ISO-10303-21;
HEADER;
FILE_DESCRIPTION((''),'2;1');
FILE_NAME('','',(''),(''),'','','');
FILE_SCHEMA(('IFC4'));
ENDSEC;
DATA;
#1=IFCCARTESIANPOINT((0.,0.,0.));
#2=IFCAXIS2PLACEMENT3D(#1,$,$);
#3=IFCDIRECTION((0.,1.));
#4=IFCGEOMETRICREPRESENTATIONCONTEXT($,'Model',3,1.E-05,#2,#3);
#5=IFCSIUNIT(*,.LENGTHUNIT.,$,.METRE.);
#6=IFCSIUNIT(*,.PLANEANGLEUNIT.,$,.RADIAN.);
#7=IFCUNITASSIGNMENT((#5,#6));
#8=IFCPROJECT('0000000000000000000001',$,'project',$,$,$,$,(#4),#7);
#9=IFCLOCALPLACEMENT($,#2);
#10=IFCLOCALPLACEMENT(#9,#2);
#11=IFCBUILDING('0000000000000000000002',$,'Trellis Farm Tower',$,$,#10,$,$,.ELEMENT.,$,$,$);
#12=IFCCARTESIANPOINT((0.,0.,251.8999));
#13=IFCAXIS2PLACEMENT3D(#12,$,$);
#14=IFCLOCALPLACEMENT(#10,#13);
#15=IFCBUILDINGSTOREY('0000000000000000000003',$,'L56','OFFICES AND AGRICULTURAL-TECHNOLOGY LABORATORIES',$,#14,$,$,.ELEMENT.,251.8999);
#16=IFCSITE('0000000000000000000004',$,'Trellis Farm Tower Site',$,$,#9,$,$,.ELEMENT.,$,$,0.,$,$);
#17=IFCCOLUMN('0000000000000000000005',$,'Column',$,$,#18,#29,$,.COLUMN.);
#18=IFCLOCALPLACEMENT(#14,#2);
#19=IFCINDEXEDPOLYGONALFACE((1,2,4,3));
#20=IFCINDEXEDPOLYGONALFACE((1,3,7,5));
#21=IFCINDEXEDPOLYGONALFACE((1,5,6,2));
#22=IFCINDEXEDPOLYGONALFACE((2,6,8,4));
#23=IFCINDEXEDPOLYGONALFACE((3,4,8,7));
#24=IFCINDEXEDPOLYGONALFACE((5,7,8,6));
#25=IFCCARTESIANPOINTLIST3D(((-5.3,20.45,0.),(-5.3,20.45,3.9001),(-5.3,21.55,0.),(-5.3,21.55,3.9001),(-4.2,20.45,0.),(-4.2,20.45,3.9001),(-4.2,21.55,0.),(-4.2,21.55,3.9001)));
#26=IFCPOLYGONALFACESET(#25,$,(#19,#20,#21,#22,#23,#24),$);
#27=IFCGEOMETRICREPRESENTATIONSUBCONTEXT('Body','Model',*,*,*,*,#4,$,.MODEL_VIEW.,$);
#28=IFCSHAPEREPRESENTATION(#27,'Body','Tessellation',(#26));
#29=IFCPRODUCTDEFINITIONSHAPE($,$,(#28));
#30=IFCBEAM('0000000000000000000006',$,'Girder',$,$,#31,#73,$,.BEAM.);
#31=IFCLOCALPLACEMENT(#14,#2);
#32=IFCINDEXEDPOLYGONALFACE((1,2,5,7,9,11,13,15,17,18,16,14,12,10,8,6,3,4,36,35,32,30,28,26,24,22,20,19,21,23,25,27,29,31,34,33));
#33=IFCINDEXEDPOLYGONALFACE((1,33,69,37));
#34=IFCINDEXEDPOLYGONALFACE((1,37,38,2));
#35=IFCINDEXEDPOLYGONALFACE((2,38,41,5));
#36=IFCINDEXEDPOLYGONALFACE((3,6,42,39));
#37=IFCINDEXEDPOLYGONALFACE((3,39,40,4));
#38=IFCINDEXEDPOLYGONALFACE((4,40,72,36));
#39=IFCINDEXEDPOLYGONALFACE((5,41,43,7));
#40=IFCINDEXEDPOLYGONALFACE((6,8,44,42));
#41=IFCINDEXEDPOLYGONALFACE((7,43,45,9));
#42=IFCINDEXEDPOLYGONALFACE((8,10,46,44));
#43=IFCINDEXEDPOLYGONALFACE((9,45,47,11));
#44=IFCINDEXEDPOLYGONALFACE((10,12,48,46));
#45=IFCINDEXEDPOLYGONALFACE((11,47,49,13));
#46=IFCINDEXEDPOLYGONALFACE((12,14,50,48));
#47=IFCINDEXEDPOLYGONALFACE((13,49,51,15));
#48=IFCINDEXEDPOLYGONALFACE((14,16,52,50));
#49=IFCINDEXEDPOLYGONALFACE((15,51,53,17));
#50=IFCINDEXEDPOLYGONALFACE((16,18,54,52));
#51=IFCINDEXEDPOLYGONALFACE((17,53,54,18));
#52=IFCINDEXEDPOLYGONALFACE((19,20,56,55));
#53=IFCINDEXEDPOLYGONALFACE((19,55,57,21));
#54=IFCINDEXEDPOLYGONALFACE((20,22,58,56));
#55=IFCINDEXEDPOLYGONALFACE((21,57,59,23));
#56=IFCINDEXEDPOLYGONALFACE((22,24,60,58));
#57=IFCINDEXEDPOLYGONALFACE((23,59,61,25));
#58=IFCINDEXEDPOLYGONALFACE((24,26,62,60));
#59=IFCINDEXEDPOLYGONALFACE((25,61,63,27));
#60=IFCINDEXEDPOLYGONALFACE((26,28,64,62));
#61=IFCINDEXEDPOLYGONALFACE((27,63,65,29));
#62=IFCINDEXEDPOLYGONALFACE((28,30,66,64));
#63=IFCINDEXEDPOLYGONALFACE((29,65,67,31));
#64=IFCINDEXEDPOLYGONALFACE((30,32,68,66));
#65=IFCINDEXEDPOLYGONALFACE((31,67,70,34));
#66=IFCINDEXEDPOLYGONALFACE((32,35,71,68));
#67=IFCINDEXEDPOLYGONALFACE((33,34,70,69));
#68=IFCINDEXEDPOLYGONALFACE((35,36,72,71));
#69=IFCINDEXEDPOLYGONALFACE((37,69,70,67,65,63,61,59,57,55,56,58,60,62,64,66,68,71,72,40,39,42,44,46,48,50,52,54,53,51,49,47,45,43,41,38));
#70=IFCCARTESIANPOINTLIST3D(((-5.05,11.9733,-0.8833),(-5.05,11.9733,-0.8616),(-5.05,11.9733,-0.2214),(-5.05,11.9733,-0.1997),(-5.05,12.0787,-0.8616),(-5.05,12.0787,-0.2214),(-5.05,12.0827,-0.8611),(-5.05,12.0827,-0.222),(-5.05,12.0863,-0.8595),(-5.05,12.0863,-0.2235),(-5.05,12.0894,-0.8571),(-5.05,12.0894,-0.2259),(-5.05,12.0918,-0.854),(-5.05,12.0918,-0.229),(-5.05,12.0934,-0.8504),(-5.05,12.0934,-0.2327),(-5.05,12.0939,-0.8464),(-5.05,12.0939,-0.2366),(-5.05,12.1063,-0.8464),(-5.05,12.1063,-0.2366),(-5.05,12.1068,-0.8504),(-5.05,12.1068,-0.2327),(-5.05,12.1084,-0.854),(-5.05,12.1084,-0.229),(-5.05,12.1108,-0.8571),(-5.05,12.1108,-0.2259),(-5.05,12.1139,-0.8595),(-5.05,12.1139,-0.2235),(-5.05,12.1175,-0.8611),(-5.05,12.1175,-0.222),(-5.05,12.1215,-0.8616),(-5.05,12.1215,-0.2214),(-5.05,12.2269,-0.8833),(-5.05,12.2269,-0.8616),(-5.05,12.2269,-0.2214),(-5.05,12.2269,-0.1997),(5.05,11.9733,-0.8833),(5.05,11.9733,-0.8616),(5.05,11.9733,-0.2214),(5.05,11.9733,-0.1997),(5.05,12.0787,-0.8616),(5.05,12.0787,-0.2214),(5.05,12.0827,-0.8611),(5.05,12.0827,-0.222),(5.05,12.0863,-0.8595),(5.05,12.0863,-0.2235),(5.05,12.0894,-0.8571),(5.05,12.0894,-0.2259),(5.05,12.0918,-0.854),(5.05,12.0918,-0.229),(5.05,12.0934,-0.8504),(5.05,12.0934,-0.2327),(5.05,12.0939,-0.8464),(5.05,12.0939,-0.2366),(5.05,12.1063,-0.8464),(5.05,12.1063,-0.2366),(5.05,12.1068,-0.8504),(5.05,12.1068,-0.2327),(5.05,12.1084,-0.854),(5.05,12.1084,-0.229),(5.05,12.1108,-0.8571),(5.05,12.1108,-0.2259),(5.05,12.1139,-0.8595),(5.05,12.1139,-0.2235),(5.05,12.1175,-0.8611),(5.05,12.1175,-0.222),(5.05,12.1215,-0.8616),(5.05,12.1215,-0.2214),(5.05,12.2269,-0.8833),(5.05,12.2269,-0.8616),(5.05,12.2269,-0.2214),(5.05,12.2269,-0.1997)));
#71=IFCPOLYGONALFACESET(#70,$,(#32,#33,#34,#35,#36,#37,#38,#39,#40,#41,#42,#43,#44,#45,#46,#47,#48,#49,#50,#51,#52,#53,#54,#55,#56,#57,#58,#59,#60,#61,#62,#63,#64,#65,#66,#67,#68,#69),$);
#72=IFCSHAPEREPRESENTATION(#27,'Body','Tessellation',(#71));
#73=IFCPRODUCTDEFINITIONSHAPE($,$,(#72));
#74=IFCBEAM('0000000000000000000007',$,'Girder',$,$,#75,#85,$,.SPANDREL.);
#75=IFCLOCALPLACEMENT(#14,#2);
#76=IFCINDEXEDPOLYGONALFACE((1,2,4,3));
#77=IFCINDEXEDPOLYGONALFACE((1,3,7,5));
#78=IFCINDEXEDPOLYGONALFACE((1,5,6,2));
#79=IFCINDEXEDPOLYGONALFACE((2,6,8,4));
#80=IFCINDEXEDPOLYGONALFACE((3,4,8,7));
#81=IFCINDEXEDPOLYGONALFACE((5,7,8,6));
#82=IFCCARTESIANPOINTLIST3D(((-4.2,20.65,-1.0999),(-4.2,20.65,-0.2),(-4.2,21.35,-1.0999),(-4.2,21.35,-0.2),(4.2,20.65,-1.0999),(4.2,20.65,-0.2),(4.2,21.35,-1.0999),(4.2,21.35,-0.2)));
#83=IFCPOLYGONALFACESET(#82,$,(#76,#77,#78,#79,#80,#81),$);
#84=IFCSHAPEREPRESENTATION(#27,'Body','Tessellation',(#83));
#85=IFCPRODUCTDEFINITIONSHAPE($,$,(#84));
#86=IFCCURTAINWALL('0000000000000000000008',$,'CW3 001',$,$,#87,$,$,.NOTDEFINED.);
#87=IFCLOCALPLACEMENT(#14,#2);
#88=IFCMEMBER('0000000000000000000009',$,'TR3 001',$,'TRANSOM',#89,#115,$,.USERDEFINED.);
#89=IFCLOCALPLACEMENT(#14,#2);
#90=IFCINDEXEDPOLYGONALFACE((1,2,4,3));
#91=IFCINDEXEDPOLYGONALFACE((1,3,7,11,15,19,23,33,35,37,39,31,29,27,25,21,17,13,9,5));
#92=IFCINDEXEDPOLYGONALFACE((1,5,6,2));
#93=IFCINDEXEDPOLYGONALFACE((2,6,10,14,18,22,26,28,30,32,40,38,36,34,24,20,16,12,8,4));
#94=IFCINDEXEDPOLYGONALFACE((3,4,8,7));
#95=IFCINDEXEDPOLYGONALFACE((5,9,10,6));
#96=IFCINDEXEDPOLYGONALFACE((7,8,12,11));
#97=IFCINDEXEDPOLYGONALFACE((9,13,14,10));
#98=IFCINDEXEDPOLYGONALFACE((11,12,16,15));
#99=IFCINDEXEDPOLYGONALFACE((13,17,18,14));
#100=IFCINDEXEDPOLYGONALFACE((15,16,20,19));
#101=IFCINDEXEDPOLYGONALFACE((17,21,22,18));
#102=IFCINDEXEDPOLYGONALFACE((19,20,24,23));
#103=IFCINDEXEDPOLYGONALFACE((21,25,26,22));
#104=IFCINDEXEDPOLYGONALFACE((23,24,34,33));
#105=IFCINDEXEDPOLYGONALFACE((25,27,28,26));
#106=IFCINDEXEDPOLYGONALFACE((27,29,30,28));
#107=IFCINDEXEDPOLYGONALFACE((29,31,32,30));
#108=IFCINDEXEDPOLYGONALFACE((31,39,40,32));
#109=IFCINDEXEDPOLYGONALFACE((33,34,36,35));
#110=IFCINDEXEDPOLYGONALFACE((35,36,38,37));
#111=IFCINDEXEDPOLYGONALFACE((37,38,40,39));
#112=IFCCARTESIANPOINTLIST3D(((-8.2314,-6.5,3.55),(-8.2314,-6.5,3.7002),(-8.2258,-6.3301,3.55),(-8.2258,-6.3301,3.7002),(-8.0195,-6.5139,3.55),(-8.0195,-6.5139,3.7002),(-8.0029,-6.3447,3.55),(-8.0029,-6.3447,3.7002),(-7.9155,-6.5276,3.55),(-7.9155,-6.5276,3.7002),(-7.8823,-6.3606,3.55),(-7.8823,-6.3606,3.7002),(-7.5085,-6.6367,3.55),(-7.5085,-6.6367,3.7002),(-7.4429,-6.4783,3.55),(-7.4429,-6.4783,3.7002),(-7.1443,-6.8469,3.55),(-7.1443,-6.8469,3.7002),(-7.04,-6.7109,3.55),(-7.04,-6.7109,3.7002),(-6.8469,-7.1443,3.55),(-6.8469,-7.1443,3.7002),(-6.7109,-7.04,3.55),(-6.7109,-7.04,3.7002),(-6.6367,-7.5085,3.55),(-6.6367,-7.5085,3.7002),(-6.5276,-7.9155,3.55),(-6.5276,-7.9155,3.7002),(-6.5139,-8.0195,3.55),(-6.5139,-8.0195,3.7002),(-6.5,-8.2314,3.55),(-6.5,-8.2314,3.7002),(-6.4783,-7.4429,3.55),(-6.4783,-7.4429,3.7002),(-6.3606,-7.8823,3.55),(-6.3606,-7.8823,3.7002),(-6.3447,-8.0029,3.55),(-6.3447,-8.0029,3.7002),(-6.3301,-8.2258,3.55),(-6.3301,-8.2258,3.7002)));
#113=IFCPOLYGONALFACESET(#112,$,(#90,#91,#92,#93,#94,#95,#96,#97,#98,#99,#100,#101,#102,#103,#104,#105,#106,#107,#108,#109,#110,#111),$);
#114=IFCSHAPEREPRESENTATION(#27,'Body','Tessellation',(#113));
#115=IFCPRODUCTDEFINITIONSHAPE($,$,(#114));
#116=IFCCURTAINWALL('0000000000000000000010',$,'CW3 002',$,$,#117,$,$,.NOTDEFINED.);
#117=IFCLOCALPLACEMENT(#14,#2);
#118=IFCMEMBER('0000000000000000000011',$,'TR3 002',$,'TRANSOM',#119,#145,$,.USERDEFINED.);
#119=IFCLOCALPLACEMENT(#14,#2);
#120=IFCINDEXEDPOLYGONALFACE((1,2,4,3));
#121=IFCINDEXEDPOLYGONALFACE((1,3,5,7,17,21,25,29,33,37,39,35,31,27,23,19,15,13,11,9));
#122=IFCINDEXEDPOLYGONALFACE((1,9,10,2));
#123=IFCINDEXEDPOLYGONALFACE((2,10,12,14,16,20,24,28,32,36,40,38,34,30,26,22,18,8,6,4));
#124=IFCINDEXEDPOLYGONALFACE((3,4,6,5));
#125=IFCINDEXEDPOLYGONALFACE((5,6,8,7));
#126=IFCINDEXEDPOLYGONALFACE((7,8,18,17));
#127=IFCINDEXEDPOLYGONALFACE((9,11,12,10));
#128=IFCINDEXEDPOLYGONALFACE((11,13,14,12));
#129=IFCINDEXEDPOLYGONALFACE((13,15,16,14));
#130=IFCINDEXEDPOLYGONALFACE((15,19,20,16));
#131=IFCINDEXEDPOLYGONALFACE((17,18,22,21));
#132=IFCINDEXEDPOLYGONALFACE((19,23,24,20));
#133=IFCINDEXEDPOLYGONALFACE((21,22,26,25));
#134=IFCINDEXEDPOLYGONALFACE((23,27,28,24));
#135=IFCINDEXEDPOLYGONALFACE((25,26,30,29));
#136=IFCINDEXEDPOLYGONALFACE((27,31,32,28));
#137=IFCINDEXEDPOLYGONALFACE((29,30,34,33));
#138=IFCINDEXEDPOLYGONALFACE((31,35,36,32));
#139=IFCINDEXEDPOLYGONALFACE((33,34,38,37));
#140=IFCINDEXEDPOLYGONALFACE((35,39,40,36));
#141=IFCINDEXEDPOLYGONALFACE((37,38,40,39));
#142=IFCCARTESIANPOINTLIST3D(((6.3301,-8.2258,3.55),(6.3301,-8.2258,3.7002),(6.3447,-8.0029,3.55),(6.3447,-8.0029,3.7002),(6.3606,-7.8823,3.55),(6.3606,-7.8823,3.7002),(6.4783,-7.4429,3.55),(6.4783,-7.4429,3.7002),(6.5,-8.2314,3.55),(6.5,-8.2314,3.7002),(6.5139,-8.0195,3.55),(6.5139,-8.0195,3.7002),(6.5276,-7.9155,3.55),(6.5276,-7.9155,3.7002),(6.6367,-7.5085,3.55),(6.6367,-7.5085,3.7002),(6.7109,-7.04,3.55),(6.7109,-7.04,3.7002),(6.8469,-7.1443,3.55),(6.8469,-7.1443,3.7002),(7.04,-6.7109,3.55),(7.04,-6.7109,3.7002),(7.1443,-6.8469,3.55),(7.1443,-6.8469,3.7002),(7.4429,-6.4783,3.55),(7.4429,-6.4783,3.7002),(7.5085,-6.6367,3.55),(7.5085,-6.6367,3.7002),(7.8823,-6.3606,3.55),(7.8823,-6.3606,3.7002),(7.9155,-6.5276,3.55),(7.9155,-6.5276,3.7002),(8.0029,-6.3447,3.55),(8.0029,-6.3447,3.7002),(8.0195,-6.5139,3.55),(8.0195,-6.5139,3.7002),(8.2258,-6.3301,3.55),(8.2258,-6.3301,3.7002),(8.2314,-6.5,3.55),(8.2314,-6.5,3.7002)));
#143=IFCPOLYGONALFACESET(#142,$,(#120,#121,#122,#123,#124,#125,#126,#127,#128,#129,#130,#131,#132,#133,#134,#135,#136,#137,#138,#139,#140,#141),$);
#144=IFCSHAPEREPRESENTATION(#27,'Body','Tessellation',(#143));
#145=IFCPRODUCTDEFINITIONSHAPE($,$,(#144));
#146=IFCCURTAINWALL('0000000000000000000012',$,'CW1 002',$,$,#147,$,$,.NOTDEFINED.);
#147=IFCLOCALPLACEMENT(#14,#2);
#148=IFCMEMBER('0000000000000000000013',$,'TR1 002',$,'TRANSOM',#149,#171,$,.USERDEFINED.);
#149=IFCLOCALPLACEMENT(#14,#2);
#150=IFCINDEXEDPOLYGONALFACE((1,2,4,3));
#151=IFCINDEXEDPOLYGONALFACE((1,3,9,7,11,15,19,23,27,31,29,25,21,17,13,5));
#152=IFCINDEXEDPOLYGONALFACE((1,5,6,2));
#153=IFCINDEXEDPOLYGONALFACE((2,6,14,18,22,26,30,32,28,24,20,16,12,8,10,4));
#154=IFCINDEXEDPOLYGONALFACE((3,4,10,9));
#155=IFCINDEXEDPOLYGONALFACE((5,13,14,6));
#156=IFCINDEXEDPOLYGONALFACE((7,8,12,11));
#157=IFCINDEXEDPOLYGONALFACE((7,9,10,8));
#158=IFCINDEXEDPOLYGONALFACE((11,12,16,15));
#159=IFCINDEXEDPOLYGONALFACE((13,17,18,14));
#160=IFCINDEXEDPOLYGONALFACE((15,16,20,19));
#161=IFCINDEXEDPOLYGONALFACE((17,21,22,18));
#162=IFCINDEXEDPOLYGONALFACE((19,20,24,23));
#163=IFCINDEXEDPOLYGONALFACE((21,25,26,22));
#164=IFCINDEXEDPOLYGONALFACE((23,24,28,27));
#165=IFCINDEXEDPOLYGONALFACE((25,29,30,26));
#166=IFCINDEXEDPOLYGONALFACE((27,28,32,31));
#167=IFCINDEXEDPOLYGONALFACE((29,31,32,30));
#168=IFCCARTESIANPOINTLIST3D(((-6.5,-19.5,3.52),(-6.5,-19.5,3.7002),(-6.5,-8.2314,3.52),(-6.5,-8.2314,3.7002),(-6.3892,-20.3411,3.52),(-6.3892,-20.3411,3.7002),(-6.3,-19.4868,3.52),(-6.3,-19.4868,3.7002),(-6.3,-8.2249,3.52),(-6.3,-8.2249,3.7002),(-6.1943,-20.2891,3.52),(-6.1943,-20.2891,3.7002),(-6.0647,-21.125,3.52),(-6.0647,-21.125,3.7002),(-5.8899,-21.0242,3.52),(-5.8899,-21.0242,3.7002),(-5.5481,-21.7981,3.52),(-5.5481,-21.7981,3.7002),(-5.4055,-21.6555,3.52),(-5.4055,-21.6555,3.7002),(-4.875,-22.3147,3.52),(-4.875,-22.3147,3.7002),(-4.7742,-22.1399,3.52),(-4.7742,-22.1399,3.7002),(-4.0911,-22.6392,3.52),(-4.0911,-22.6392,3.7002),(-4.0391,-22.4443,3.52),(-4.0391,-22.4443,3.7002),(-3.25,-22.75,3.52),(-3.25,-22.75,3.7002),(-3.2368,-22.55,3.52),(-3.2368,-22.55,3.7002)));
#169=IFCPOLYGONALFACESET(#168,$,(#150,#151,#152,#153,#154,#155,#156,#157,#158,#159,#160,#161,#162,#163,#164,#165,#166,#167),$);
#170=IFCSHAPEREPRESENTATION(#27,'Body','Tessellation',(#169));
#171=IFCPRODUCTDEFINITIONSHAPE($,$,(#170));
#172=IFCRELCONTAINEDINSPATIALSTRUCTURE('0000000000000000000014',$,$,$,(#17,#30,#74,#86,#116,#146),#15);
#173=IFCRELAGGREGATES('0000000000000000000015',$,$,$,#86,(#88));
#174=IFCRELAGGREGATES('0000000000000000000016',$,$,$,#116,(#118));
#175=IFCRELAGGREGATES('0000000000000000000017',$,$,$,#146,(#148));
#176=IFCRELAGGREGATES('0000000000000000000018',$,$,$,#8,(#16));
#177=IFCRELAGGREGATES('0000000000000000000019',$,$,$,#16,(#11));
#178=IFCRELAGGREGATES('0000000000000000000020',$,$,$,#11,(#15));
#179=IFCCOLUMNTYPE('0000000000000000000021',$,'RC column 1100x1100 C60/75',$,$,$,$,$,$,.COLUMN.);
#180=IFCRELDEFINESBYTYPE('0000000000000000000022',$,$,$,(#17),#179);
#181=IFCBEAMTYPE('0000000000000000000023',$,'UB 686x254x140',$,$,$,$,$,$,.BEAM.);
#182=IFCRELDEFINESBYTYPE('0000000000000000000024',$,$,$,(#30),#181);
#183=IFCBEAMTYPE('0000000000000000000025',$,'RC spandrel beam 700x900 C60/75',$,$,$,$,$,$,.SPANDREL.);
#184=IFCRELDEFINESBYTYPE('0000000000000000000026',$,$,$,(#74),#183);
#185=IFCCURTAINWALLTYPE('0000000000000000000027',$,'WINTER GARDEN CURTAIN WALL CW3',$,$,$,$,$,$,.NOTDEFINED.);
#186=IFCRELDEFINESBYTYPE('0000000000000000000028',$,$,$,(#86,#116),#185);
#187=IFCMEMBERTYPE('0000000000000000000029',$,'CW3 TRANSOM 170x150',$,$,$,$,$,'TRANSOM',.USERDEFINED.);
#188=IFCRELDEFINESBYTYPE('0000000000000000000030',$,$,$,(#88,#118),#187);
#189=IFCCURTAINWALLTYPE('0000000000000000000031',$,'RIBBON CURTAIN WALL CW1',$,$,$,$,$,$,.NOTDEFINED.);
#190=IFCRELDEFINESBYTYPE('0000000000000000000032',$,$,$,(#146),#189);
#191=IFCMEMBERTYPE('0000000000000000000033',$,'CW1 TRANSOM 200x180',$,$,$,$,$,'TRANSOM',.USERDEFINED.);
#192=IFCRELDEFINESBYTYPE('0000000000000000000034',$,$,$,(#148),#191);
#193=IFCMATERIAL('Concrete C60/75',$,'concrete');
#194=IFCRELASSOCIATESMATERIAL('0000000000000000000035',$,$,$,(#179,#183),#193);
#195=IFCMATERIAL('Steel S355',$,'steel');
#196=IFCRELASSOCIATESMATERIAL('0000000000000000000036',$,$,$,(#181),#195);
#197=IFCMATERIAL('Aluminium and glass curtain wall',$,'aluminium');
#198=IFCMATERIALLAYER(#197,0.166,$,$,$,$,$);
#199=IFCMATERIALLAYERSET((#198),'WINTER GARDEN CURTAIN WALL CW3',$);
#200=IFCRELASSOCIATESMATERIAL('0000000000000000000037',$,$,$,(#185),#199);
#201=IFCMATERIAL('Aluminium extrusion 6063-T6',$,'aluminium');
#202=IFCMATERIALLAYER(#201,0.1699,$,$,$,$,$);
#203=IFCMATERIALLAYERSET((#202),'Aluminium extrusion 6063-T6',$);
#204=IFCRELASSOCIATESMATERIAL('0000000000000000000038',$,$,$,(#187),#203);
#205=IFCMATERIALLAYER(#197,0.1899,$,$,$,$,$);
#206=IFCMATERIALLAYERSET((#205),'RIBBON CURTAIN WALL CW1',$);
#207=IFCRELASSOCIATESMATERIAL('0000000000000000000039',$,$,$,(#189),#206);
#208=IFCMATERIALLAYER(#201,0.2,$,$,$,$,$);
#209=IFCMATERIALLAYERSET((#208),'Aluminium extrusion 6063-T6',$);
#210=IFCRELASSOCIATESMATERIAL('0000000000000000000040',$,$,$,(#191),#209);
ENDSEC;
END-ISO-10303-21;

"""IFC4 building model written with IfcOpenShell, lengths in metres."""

from ifc_helpers import new_model, si_unit, direction, frame, origin, origin_2d, place, context, subcontext, project, spatial, polyline, rectangle, i_section, outline, extrude, source, transform, mapped, material, layer, layer_set, material_profile, profile_set, type_object, element, aggregate, save


model = new_model("IFC4")

# Units and contexts
model_context = context("Model", 3, precision=1e-05, world=origin(), true_north=direction((0.0, 1.0)))
body_context = subcontext(model_context, "Body", "Model", "MODEL_VIEW")
ifc_project = project(units=[si_unit("LENGTHUNIT", "METRE"), si_unit("PLANEANGLEUNIT", "RADIAN")], contexts=[model_context])

# Site, building, storey
site_placement = place(None, origin())
site = spatial("IfcSite", under=ifc_project, at=site_placement, Name="Trellis Farm Tower Site", CompositionType="ELEMENT", RefElevation=0.0)
building_placement = place(site_placement, origin())
building = spatial("IfcBuilding", under=site, at=building_placement, Name="Trellis Farm Tower", CompositionType="ELEMENT")
storey_placement = place(building_placement, frame((0.0, 0.0, 251.8999)))
storey = spatial("IfcBuildingStorey", under=building, at=storey_placement, Name="L56", Description="OFFICES AND AGRICULTURAL-TECHNOLOGY LABORATORIES", CompositionType="ELEMENT", Elevation=251.8999)

# Column
ifc_material_1 = material(Name="Concrete C60/75", Category="concrete")
ifc_material_profile_1 = material_profile(ifc_material_1, rectangle(XDim=1.1001, YDim=1.1001, at=origin_2d()), Name="RC column 1100x1100 C60/75")
ifc_profile_set_1 = profile_set([ifc_material_profile_1], Name="Concrete C60/75")
column_type = type_object("IfcColumnType", Name="RC column 1100x1100 C60/75", PredefinedType="COLUMN", material=ifc_profile_set_1)
shared_shape_1 = source(origin(), body_context, "Body", "SweptSolid", [
    extrude(rectangle(XDim=1.1001, YDim=1.1001, at=origin_2d()), origin(), (0.0, 0.0, 1.0), 3.9001),
])
column_placement = place(storey_placement, frame((-4.75, 21.0, 0.0), z_axis=(0.0, 0.0, 1.0), x_axis=(1.0, 0.0, 0.0)))
element("IfcColumn", 1, at=column_placement, inside=storey, type_object=column_type, Name="Column", PredefinedType="COLUMN", context=body_context, shape_type="MappedRepresentation", body=[
    mapped(shared_shape_1, transform((0.0, 0.0, 0.0))),
])

# Beams
ifc_material_2 = material(Name="Steel S355", Category="steel")
ifc_material_profile_2 = material_profile(ifc_material_2, i_section(OverallWidth=0.2537, OverallDepth=0.6836, WebThickness=0.0125, FlangeThickness=0.0217, FilletRadius=0.0151, at=origin_2d()), Name="UB 686x254x140")
ifc_profile_set_2 = profile_set([ifc_material_profile_2], Name="Steel S355")
beam_type_1 = type_object("IfcBeamType", Name="UB 686x254x140", PredefinedType="BEAM", material=ifc_profile_set_2)
shared_shape_2 = source(origin(), body_context, "Body", "SweptSolid", [
    extrude(i_section(OverallWidth=0.2537, OverallDepth=0.6836, WebThickness=0.0125, FlangeThickness=0.0217, FilletRadius=0.0151, at=origin_2d()), origin(), (0.0, 0.0, 1.0), 10.1001),
])
beam_1_placement = place(storey_placement, frame((-5.05, 12.1001, -0.5415), z_axis=(1.0, 0.0, 0.0), x_axis=(0.0, 1.0, 0.0)))
element("IfcBeam", 2, at=beam_1_placement, inside=storey, type_object=beam_type_1, Name="Girder", PredefinedType="BEAM", context=body_context, shape_type="MappedRepresentation", body=[
    mapped(shared_shape_2, transform((0.0, 0.0, 0.0))),
])
ifc_material_profile_3 = material_profile(ifc_material_1, rectangle(XDim=0.7, YDim=0.8999, at=origin_2d()), Name="RC spandrel beam 700x900 C60/75")
ifc_profile_set_3 = profile_set([ifc_material_profile_3], Name="Concrete C60/75")
beam_type_2 = type_object("IfcBeamType", Name="RC spandrel beam 700x900 C60/75", PredefinedType="SPANDREL", material=ifc_profile_set_3)
shared_shape_3 = source(origin(), body_context, "Body", "SweptSolid", [
    extrude(rectangle(XDim=0.7, YDim=0.8999, at=origin_2d()), origin(), (0.0, 0.0, 1.0), 8.3999),
])
beam_2_placement = place(storey_placement, frame((-4.2, 21.0, -0.6499), z_axis=(1.0, 0.0, 0.0), x_axis=(0.0, 1.0, 0.0)))
element("IfcBeam", 3, at=beam_2_placement, inside=storey, type_object=beam_type_2, Name="Girder", PredefinedType="SPANDREL", context=body_context, shape_type="MappedRepresentation", body=[
    mapped(shared_shape_3, transform((0.0, 0.0, 0.0))),
])

# Curtain walls, members
ifc_material_3 = material(Name="Aluminium and glass curtain wall", Category="aluminium")
ifc_layer_1 = layer(ifc_material_3, 0.166)
ifc_layer_set_1 = layer_set([ifc_layer_1], Name="WINTER GARDEN CURTAIN WALL CW3")
curtain_wall_type_1 = type_object("IfcCurtainWallType", Name="WINTER GARDEN CURTAIN WALL CW3", PredefinedType="NOTDEFINED", material=ifc_layer_set_1)
placement_1 = place(storey_placement, origin())
curtain_wall_1 = element("IfcCurtainWall", 4, at=placement_1, inside=storey, type_object=curtain_wall_type_1, Name="CW3 001", PredefinedType="NOTDEFINED")
ifc_material_4 = material(Name="Aluminium extrusion 6063-T6", Category="aluminium")
ifc_layer_2 = layer(ifc_material_4, 0.1699)
ifc_layer_set_2 = layer_set([ifc_layer_2], Name="Aluminium extrusion 6063-T6")
member_type_1 = type_object("IfcMemberType", Name="CW3 TRANSOM 170x150", ElementType="TRANSOM", PredefinedType="USERDEFINED", material=ifc_layer_set_2)
shared_shape_4 = source(origin(), body_context, "Body", "SweptSolid", [
    extrude(outline(polyline([(-8.2314, -6.5), (-8.0195, -6.5139), (-7.9155, -6.5276), (-7.5085, -6.6367), (-7.1443, -6.8469), (-6.8469, -7.1443), (-6.6367, -7.5085), (-6.5276, -7.9155), (-6.5139, -8.0195), (-6.5, -8.2314), (-6.3301, -8.2258), (-6.3447, -8.0029), (-6.3606, -7.8823), (-6.4783, -7.4429), (-6.7109, -7.04), (-7.04, -6.7109), (-7.4429, -6.4783), (-7.8823, -6.3606), (-8.0029, -6.3447), (-8.2258, -6.3301), (-8.2314, -6.5)])), origin(), (0.0, 0.0, 1.0), 0.1501),
])
placement_2 = place(storey_placement, frame((0.0, 0.0, 3.55)))
member_1 = element("IfcMember", 5, at=placement_2, type_object=member_type_1, Name="TR3 001", ObjectType="TRANSOM", PredefinedType="USERDEFINED", context=body_context, shape_type="MappedRepresentation", body=[
    mapped(shared_shape_4, transform((0.0, 0.0, 0.0))),
])
aggregate(curtain_wall_1, [member_1])
curtain_wall_2 = element("IfcCurtainWall", 6, at=placement_1, inside=storey, type_object=curtain_wall_type_1, Name="CW3 002", PredefinedType="NOTDEFINED")
shared_shape_5 = source(origin(), body_context, "Body", "SweptSolid", [
    extrude(outline(polyline([(6.5, -8.2314), (6.5139, -8.0195), (6.5276, -7.9155), (6.6367, -7.5085), (6.8469, -7.1443), (7.1443, -6.8469), (7.5085, -6.6367), (7.9155, -6.5276), (8.0195, -6.5139), (8.2314, -6.5), (8.2258, -6.3301), (8.0029, -6.3447), (7.8823, -6.3606), (7.4429, -6.4783), (7.04, -6.7109), (6.7109, -7.04), (6.4783, -7.4429), (6.3606, -7.8823), (6.3447, -8.0029), (6.3301, -8.2258), (6.5, -8.2314)])), origin(), (0.0, 0.0, 1.0), 0.1501),
])
member_2 = element("IfcMember", 7, at=placement_2, type_object=member_type_1, Name="TR3 002", ObjectType="TRANSOM", PredefinedType="USERDEFINED", context=body_context, shape_type="MappedRepresentation", body=[
    mapped(shared_shape_5, transform((0.0, 0.0, 0.0))),
])
ifc_layer_3 = layer(ifc_material_3, 0.1899)
ifc_layer_set_3 = layer_set([ifc_layer_3], Name="RIBBON CURTAIN WALL CW1")
curtain_wall_type_2 = type_object("IfcCurtainWallType", Name="RIBBON CURTAIN WALL CW1", PredefinedType="NOTDEFINED", material=ifc_layer_set_3)
curtain_wall_3 = element("IfcCurtainWall", 8, at=placement_1, inside=storey, type_object=curtain_wall_type_2, Name="CW1 002", PredefinedType="NOTDEFINED")
ifc_layer_4 = layer(ifc_material_4, 0.2)
ifc_layer_set_4 = layer_set([ifc_layer_4], Name="Aluminium extrusion 6063-T6")
member_type_2 = type_object("IfcMemberType", Name="CW1 TRANSOM 200x180", ElementType="TRANSOM", PredefinedType="USERDEFINED", material=ifc_layer_set_4)
shared_shape_6 = source(origin(), body_context, "Body", "SweptSolid", [
    extrude(outline(polyline([(-6.5, -8.2314), (-6.5, -19.5), (-6.3892, -20.3411), (-6.0647, -21.125), (-5.5481, -21.7981), (-4.875, -22.3147), (-4.0911, -22.6392), (-3.25, -22.75), (-3.2368, -22.55), (-4.0391, -22.4443), (-4.7742, -22.1399), (-5.4055, -21.6555), (-5.8899, -21.0242), (-6.1943, -20.2891), (-6.3, -19.4868), (-6.3, -8.2249), (-6.5, -8.2314)])), origin(), (0.0, 0.0, 1.0), 0.1802),
])
placement_3 = place(storey_placement, frame((0.0, 0.0, 3.52)))
member_3 = element("IfcMember", 9, at=placement_3, type_object=member_type_2, Name="TR1 002", ObjectType="TRANSOM", PredefinedType="USERDEFINED", context=body_context, shape_type="MappedRepresentation", body=[
    mapped(shared_shape_6, transform((0.0, 0.0, 0.0))),
])

aggregate(curtain_wall_2, [member_2])
aggregate(curtain_wall_3, [member_3])

save(model, "model.ifc")
